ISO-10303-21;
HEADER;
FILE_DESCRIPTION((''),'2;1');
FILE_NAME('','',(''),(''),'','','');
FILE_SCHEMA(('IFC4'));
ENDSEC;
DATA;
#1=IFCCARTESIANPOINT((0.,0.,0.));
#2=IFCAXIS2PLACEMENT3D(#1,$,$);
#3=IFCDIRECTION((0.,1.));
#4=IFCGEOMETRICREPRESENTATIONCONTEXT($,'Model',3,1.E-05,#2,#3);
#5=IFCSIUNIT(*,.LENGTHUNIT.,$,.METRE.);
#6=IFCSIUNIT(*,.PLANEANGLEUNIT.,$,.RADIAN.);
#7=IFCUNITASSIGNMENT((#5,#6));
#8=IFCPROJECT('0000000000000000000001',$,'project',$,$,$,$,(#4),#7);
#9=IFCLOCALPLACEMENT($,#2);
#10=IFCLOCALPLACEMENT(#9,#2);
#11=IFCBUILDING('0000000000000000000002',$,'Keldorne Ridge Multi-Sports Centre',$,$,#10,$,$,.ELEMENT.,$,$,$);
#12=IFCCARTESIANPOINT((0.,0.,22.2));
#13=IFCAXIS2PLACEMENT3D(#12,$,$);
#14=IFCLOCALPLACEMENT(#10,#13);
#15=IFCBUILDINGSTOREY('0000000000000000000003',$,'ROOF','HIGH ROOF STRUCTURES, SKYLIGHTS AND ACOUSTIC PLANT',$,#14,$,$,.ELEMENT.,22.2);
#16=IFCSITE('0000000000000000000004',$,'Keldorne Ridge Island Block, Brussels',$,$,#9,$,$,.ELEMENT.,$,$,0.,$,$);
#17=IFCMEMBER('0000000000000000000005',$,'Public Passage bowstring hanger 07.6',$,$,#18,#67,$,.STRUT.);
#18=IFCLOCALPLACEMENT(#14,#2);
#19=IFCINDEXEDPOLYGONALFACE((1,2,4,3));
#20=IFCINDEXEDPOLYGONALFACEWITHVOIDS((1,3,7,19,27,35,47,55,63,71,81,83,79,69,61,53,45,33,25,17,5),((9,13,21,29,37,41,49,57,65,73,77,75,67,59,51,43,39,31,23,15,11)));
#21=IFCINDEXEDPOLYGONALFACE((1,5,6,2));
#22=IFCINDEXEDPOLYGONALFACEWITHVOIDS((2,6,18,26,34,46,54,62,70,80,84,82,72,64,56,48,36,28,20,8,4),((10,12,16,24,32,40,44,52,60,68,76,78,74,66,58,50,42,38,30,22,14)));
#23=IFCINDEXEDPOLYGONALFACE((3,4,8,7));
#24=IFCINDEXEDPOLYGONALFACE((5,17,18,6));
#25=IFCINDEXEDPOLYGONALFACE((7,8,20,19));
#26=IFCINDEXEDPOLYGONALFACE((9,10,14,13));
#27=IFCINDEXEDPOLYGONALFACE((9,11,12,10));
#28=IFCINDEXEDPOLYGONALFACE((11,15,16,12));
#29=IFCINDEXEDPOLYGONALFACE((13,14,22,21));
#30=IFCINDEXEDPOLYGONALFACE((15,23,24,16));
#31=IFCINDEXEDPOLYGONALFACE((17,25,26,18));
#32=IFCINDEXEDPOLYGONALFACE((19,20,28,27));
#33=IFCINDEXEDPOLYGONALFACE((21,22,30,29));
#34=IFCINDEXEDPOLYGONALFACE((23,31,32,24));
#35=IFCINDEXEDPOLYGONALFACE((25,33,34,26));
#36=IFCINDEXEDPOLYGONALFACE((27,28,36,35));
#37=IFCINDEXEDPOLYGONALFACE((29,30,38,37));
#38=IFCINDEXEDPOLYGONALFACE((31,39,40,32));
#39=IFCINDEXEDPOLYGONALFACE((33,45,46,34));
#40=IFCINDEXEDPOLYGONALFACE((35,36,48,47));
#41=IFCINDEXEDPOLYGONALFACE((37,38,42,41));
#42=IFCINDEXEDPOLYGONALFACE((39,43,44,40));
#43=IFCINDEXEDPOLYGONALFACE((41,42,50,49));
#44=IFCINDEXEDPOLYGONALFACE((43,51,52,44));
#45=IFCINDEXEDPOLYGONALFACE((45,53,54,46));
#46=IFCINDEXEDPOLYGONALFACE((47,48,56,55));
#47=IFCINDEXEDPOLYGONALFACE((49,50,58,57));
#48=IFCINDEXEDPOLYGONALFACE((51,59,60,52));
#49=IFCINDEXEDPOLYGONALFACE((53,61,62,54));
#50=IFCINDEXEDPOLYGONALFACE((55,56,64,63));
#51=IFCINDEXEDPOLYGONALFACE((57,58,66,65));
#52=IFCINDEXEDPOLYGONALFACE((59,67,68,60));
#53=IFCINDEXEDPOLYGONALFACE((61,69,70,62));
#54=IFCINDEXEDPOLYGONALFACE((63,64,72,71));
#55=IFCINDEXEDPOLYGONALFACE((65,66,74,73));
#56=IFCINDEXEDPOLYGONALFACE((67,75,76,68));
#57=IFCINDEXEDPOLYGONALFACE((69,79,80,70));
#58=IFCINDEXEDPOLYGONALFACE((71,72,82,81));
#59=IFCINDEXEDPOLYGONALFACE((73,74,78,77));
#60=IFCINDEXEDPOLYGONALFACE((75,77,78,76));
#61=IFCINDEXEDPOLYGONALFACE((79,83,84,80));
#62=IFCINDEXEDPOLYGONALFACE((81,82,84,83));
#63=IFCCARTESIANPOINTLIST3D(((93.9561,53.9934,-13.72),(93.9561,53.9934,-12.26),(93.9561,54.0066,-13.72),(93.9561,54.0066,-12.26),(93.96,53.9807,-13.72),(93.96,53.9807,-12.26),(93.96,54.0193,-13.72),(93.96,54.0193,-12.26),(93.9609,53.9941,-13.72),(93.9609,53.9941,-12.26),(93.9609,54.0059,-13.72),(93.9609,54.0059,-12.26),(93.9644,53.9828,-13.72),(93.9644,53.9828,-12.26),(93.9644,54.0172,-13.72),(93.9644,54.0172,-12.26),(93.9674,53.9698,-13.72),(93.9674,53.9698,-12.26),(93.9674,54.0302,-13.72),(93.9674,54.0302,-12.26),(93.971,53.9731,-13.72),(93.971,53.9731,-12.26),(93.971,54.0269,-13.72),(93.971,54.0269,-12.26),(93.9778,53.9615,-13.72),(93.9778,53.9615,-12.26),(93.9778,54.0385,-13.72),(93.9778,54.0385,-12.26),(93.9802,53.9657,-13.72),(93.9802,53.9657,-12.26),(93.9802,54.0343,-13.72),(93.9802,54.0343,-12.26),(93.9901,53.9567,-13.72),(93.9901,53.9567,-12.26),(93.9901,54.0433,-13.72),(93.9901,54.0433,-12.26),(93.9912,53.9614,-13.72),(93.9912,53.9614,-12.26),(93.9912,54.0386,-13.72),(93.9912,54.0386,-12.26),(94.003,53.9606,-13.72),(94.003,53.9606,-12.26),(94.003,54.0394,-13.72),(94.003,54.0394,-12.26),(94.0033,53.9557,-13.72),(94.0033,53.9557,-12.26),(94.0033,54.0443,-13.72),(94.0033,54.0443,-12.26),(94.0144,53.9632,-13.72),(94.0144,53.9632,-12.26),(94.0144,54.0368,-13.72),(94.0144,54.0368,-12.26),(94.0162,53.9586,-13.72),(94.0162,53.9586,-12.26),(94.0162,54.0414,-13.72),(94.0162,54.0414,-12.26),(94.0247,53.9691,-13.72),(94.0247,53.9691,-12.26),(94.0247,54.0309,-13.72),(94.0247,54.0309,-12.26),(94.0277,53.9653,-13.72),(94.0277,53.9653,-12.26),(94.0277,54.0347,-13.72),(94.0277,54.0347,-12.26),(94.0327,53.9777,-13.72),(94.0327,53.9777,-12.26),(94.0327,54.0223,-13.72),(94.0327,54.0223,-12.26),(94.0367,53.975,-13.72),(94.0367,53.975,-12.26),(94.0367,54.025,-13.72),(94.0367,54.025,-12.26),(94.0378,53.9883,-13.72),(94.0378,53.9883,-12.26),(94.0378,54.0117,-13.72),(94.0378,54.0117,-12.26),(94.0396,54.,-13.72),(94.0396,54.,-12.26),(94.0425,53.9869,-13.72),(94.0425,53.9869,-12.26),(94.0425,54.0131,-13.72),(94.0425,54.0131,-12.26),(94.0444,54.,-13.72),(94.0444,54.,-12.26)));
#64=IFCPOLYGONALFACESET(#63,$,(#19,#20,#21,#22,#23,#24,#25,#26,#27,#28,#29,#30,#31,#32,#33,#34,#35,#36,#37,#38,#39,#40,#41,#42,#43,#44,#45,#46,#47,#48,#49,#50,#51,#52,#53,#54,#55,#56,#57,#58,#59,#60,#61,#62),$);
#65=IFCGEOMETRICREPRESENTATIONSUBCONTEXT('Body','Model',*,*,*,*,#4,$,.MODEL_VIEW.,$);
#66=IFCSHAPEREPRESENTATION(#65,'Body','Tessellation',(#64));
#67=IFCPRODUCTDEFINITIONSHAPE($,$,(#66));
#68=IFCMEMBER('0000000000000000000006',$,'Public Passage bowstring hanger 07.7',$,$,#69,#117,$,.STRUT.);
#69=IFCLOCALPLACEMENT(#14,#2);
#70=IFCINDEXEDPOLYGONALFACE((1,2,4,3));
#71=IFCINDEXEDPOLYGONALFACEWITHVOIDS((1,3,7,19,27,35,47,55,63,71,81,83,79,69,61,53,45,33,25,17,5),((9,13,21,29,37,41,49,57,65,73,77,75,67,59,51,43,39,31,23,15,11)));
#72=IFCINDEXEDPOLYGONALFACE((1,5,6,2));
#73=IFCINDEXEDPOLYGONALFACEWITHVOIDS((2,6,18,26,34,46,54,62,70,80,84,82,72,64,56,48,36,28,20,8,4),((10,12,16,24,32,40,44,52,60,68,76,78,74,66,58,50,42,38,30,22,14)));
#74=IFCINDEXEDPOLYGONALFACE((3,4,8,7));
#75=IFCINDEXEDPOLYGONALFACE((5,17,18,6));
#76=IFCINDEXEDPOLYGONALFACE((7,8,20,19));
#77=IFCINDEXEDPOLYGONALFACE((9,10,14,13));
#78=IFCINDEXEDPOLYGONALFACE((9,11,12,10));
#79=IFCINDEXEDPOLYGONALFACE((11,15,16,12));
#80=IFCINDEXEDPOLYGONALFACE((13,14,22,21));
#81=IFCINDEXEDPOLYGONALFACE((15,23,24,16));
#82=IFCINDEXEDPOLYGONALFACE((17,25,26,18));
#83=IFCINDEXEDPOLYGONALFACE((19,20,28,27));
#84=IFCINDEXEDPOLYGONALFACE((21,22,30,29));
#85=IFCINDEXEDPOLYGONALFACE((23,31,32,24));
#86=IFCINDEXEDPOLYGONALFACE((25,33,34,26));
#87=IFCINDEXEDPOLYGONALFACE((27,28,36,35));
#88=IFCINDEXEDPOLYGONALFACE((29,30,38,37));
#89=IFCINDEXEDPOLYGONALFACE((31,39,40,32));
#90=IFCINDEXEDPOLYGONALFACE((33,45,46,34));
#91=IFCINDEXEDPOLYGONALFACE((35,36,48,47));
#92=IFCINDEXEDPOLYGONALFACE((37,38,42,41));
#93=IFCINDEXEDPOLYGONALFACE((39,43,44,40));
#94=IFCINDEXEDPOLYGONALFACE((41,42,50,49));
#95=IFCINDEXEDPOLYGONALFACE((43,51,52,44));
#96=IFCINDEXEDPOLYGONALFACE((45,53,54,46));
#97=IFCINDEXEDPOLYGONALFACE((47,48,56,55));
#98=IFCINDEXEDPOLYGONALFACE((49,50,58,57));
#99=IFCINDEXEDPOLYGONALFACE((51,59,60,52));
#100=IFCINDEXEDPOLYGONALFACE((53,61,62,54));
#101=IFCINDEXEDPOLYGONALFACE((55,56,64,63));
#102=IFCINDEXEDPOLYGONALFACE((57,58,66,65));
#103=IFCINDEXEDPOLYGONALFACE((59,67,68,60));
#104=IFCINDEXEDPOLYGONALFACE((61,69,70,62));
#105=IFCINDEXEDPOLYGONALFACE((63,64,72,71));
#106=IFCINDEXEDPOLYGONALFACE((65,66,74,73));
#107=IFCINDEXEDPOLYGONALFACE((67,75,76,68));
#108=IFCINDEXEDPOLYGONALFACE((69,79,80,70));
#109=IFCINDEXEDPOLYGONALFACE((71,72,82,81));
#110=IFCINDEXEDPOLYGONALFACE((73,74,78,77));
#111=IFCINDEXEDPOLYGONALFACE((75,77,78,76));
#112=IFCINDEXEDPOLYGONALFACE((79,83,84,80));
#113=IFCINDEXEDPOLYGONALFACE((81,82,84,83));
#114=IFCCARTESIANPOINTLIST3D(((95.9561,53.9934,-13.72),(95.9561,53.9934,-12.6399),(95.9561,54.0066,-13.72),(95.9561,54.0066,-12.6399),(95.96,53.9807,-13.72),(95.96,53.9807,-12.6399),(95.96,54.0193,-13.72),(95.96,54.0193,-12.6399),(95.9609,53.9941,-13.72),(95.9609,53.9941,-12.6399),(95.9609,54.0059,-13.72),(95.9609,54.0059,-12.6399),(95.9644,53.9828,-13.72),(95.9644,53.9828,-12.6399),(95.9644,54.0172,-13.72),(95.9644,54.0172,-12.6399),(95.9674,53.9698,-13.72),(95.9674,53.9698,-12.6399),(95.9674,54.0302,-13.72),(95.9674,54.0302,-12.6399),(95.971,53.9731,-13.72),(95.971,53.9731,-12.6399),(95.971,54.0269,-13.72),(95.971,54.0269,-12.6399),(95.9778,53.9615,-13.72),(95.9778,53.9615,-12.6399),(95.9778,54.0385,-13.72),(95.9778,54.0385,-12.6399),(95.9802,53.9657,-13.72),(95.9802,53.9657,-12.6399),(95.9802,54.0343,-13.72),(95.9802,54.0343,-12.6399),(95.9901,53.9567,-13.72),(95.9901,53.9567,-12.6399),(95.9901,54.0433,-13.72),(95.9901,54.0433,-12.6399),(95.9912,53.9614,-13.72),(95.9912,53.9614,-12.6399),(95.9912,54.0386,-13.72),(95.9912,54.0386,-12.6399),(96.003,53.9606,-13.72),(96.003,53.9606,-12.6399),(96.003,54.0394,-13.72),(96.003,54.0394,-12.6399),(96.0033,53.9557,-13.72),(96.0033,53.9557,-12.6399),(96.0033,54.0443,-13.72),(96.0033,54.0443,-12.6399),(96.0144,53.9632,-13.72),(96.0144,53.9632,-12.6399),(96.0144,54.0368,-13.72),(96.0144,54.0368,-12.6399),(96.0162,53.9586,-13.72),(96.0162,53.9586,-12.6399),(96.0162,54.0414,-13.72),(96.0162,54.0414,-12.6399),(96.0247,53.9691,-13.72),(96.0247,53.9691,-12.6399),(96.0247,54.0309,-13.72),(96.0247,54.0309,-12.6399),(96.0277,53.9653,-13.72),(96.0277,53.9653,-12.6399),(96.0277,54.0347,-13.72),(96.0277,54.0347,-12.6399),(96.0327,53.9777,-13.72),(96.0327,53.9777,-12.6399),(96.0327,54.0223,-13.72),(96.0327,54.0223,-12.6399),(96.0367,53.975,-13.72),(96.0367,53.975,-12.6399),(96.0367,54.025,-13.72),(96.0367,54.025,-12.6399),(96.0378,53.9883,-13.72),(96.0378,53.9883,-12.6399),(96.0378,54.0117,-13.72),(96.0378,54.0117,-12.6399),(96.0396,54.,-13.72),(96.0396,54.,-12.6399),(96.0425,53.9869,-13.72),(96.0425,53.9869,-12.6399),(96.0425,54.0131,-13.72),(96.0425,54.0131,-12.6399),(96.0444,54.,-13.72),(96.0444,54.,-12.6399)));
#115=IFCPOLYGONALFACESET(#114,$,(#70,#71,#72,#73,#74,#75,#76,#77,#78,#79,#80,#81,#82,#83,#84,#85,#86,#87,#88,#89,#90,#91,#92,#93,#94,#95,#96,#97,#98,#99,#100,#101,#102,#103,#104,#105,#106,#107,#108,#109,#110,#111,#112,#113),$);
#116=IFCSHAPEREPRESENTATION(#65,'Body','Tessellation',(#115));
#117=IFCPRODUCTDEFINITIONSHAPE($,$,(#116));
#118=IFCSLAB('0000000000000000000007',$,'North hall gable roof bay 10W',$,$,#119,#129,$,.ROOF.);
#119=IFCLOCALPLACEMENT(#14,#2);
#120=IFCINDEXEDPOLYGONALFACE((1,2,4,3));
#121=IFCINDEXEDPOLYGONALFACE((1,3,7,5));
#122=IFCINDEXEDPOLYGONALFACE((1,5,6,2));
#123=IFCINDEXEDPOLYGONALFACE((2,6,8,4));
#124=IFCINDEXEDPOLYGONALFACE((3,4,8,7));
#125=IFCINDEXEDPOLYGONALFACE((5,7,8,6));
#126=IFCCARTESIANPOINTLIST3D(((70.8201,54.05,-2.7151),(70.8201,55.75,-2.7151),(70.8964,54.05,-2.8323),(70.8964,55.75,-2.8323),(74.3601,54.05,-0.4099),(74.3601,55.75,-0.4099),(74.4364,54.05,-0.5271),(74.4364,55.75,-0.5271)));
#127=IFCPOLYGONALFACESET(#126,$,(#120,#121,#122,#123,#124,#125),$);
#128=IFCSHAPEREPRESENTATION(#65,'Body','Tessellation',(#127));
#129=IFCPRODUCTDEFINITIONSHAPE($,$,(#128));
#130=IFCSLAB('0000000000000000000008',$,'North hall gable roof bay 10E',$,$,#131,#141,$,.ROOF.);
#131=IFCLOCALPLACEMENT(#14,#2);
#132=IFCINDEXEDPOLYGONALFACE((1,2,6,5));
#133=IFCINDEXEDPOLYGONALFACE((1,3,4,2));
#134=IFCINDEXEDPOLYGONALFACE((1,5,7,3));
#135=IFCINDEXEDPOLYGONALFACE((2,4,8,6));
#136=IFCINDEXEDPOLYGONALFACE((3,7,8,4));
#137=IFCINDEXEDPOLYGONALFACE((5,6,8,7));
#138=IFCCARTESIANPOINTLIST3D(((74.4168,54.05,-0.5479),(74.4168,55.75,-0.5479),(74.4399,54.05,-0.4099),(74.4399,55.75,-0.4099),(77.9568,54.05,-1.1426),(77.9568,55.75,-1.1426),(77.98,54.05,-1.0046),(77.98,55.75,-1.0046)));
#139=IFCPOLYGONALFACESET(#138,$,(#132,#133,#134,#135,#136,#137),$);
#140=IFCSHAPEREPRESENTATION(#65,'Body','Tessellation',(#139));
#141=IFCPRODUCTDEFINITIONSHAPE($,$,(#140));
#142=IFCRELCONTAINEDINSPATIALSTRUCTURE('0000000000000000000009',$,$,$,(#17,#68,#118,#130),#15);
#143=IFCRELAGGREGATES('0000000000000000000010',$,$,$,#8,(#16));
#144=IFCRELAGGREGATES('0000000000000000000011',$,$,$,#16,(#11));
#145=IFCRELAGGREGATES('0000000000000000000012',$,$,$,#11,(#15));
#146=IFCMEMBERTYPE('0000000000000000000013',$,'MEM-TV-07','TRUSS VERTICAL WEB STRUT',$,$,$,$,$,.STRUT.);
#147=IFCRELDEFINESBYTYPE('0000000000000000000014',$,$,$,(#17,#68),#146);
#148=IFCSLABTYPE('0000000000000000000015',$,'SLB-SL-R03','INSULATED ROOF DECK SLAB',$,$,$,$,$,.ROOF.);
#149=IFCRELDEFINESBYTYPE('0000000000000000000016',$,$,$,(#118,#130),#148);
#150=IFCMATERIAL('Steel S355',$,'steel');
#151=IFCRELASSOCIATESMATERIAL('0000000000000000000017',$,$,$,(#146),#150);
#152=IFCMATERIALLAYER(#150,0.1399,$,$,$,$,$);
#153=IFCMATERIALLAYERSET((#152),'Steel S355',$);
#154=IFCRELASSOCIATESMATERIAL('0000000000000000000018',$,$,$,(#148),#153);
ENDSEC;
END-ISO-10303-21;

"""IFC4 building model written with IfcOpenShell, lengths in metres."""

from ifc_helpers import new_model, si_unit, direction, frame, origin, origin_2d, place, context, subcontext, project, spatial, polyline, hollow_circle, outline, extrude, material, layer, layer_set, material_profile, profile_set, type_object, element, save


model = new_model("IFC4")

# Units and contexts
model_context = context("Model", 3, precision=1e-05, world=origin(), true_north=direction((0.0, 1.0)))
body_context = subcontext(model_context, "Body", "Model", "MODEL_VIEW")
ifc_project = project(units=[si_unit("LENGTHUNIT", "METRE"), si_unit("PLANEANGLEUNIT", "RADIAN")], contexts=[model_context])

# Site, building, storey
site_placement = place(None, origin())
site = spatial("IfcSite", under=ifc_project, at=site_placement, Name="Keldorne Ridge Island Block, Brussels", CompositionType="ELEMENT", RefElevation=0.0)
building_placement = place(site_placement, origin())
building = spatial("IfcBuilding", under=site, at=building_placement, Name="Keldorne Ridge Multi-Sports Centre", CompositionType="ELEMENT")
storey_placement = place(building_placement, frame((0.0, 0.0, 22.2)))
storey = spatial("IfcBuildingStorey", under=building, at=storey_placement, Name="ROOF", Description="HIGH ROOF STRUCTURES, SKYLIGHTS AND ACOUSTIC PLANT", CompositionType="ELEMENT", Elevation=22.2)

# Members
ifc_material = material(Name="Steel S355", Category="steel")
ifc_material_profile_1 = material_profile(ifc_material, hollow_circle(Radius=0.0444, WallThickness=0.0049, at=origin_2d()), Name="CHS 88.9x5")
ifc_profile_set_1 = profile_set([ifc_material_profile_1], Name="Steel S355")
member_type_1 = type_object("IfcMemberType", Name="MEM-TV-07", Description="TRUSS VERTICAL WEB STRUT", PredefinedType="STRUT", material=ifc_profile_set_1)
member_1_placement = place(storey_placement, frame((94.0, 54.0, -13.72), z_axis=(0.0, 0.0, 1.0), x_axis=(1.0, 0.0, 0.0)))
element("IfcMember", 1, at=member_1_placement, inside=storey, type_object=member_type_1, Name="Public Passage bowstring hanger 07.6", PredefinedType="STRUT", context=body_context, shape_type="SweptSolid", body=[
    extrude(hollow_circle(Radius=0.0444, WallThickness=0.0049, at=origin_2d()), origin(), (0.0, 0.0, 1.0), 1.46),
])
member_2_placement = place(storey_placement, frame((96.0, 54.0, -13.72), z_axis=(0.0, 0.0, 1.0), x_axis=(1.0, 0.0, 0.0)))
element("IfcMember", 2, at=member_2_placement, inside=storey, type_object=member_type_1, Name="Public Passage bowstring hanger 07.7", PredefinedType="STRUT", context=body_context, shape_type="SweptSolid", body=[
    extrude(hollow_circle(Radius=0.0444, WallThickness=0.0049, at=origin_2d()), origin(), (0.0, 0.0, 1.0), 1.0801),
])

# Slabs
ifc_layer = layer(ifc_material, 0.1399)
ifc_layer_set = layer_set([ifc_layer], Name="Steel S355")
slab_type = type_object("IfcSlabType", Name="SLB-SL-R03", Description="INSULATED ROOF DECK SLAB", PredefinedType="ROOF", material=ifc_layer_set)
slab_1_placement = place(storey_placement, frame((70.8201, 54.05, -2.7151), z_axis=(-0.545679, 0.0, 0.837994), x_axis=(0.837994, 0.0, 0.545679)))
element("IfcSlab", 3, at=slab_1_placement, inside=storey, type_object=slab_type, Name="North hall gable roof bay 10W", PredefinedType="ROOF", context=body_context, shape_type="SweptSolid", body=[
    extrude(outline(polyline([(0.0, 0.0), (4.2244, 0.0), (4.2244, 1.7), (0.0, 1.7), (0.0, 0.0)])), origin(), (0.0, 0.0, -1.0), 0.1399),
])
slab_2_placement = place(storey_placement, frame((74.4399, 54.05, -0.4099), z_axis=(0.165678, 0.0, 0.98618), x_axis=(0.98618, 0.0, -0.165678)))
element("IfcSlab", 4, at=slab_2_placement, inside=storey, type_object=slab_type, Name="North hall gable roof bay 10E", PredefinedType="ROOF", context=body_context, shape_type="SweptSolid", body=[
    extrude(outline(polyline([(0.0, 0.0), (3.5896, 0.0), (3.5896, 1.7), (0.0, 1.7), (0.0, 0.0)])), origin(), (0.0, 0.0, -1.0), 0.1399),
])

save(model, "model.ifc")
